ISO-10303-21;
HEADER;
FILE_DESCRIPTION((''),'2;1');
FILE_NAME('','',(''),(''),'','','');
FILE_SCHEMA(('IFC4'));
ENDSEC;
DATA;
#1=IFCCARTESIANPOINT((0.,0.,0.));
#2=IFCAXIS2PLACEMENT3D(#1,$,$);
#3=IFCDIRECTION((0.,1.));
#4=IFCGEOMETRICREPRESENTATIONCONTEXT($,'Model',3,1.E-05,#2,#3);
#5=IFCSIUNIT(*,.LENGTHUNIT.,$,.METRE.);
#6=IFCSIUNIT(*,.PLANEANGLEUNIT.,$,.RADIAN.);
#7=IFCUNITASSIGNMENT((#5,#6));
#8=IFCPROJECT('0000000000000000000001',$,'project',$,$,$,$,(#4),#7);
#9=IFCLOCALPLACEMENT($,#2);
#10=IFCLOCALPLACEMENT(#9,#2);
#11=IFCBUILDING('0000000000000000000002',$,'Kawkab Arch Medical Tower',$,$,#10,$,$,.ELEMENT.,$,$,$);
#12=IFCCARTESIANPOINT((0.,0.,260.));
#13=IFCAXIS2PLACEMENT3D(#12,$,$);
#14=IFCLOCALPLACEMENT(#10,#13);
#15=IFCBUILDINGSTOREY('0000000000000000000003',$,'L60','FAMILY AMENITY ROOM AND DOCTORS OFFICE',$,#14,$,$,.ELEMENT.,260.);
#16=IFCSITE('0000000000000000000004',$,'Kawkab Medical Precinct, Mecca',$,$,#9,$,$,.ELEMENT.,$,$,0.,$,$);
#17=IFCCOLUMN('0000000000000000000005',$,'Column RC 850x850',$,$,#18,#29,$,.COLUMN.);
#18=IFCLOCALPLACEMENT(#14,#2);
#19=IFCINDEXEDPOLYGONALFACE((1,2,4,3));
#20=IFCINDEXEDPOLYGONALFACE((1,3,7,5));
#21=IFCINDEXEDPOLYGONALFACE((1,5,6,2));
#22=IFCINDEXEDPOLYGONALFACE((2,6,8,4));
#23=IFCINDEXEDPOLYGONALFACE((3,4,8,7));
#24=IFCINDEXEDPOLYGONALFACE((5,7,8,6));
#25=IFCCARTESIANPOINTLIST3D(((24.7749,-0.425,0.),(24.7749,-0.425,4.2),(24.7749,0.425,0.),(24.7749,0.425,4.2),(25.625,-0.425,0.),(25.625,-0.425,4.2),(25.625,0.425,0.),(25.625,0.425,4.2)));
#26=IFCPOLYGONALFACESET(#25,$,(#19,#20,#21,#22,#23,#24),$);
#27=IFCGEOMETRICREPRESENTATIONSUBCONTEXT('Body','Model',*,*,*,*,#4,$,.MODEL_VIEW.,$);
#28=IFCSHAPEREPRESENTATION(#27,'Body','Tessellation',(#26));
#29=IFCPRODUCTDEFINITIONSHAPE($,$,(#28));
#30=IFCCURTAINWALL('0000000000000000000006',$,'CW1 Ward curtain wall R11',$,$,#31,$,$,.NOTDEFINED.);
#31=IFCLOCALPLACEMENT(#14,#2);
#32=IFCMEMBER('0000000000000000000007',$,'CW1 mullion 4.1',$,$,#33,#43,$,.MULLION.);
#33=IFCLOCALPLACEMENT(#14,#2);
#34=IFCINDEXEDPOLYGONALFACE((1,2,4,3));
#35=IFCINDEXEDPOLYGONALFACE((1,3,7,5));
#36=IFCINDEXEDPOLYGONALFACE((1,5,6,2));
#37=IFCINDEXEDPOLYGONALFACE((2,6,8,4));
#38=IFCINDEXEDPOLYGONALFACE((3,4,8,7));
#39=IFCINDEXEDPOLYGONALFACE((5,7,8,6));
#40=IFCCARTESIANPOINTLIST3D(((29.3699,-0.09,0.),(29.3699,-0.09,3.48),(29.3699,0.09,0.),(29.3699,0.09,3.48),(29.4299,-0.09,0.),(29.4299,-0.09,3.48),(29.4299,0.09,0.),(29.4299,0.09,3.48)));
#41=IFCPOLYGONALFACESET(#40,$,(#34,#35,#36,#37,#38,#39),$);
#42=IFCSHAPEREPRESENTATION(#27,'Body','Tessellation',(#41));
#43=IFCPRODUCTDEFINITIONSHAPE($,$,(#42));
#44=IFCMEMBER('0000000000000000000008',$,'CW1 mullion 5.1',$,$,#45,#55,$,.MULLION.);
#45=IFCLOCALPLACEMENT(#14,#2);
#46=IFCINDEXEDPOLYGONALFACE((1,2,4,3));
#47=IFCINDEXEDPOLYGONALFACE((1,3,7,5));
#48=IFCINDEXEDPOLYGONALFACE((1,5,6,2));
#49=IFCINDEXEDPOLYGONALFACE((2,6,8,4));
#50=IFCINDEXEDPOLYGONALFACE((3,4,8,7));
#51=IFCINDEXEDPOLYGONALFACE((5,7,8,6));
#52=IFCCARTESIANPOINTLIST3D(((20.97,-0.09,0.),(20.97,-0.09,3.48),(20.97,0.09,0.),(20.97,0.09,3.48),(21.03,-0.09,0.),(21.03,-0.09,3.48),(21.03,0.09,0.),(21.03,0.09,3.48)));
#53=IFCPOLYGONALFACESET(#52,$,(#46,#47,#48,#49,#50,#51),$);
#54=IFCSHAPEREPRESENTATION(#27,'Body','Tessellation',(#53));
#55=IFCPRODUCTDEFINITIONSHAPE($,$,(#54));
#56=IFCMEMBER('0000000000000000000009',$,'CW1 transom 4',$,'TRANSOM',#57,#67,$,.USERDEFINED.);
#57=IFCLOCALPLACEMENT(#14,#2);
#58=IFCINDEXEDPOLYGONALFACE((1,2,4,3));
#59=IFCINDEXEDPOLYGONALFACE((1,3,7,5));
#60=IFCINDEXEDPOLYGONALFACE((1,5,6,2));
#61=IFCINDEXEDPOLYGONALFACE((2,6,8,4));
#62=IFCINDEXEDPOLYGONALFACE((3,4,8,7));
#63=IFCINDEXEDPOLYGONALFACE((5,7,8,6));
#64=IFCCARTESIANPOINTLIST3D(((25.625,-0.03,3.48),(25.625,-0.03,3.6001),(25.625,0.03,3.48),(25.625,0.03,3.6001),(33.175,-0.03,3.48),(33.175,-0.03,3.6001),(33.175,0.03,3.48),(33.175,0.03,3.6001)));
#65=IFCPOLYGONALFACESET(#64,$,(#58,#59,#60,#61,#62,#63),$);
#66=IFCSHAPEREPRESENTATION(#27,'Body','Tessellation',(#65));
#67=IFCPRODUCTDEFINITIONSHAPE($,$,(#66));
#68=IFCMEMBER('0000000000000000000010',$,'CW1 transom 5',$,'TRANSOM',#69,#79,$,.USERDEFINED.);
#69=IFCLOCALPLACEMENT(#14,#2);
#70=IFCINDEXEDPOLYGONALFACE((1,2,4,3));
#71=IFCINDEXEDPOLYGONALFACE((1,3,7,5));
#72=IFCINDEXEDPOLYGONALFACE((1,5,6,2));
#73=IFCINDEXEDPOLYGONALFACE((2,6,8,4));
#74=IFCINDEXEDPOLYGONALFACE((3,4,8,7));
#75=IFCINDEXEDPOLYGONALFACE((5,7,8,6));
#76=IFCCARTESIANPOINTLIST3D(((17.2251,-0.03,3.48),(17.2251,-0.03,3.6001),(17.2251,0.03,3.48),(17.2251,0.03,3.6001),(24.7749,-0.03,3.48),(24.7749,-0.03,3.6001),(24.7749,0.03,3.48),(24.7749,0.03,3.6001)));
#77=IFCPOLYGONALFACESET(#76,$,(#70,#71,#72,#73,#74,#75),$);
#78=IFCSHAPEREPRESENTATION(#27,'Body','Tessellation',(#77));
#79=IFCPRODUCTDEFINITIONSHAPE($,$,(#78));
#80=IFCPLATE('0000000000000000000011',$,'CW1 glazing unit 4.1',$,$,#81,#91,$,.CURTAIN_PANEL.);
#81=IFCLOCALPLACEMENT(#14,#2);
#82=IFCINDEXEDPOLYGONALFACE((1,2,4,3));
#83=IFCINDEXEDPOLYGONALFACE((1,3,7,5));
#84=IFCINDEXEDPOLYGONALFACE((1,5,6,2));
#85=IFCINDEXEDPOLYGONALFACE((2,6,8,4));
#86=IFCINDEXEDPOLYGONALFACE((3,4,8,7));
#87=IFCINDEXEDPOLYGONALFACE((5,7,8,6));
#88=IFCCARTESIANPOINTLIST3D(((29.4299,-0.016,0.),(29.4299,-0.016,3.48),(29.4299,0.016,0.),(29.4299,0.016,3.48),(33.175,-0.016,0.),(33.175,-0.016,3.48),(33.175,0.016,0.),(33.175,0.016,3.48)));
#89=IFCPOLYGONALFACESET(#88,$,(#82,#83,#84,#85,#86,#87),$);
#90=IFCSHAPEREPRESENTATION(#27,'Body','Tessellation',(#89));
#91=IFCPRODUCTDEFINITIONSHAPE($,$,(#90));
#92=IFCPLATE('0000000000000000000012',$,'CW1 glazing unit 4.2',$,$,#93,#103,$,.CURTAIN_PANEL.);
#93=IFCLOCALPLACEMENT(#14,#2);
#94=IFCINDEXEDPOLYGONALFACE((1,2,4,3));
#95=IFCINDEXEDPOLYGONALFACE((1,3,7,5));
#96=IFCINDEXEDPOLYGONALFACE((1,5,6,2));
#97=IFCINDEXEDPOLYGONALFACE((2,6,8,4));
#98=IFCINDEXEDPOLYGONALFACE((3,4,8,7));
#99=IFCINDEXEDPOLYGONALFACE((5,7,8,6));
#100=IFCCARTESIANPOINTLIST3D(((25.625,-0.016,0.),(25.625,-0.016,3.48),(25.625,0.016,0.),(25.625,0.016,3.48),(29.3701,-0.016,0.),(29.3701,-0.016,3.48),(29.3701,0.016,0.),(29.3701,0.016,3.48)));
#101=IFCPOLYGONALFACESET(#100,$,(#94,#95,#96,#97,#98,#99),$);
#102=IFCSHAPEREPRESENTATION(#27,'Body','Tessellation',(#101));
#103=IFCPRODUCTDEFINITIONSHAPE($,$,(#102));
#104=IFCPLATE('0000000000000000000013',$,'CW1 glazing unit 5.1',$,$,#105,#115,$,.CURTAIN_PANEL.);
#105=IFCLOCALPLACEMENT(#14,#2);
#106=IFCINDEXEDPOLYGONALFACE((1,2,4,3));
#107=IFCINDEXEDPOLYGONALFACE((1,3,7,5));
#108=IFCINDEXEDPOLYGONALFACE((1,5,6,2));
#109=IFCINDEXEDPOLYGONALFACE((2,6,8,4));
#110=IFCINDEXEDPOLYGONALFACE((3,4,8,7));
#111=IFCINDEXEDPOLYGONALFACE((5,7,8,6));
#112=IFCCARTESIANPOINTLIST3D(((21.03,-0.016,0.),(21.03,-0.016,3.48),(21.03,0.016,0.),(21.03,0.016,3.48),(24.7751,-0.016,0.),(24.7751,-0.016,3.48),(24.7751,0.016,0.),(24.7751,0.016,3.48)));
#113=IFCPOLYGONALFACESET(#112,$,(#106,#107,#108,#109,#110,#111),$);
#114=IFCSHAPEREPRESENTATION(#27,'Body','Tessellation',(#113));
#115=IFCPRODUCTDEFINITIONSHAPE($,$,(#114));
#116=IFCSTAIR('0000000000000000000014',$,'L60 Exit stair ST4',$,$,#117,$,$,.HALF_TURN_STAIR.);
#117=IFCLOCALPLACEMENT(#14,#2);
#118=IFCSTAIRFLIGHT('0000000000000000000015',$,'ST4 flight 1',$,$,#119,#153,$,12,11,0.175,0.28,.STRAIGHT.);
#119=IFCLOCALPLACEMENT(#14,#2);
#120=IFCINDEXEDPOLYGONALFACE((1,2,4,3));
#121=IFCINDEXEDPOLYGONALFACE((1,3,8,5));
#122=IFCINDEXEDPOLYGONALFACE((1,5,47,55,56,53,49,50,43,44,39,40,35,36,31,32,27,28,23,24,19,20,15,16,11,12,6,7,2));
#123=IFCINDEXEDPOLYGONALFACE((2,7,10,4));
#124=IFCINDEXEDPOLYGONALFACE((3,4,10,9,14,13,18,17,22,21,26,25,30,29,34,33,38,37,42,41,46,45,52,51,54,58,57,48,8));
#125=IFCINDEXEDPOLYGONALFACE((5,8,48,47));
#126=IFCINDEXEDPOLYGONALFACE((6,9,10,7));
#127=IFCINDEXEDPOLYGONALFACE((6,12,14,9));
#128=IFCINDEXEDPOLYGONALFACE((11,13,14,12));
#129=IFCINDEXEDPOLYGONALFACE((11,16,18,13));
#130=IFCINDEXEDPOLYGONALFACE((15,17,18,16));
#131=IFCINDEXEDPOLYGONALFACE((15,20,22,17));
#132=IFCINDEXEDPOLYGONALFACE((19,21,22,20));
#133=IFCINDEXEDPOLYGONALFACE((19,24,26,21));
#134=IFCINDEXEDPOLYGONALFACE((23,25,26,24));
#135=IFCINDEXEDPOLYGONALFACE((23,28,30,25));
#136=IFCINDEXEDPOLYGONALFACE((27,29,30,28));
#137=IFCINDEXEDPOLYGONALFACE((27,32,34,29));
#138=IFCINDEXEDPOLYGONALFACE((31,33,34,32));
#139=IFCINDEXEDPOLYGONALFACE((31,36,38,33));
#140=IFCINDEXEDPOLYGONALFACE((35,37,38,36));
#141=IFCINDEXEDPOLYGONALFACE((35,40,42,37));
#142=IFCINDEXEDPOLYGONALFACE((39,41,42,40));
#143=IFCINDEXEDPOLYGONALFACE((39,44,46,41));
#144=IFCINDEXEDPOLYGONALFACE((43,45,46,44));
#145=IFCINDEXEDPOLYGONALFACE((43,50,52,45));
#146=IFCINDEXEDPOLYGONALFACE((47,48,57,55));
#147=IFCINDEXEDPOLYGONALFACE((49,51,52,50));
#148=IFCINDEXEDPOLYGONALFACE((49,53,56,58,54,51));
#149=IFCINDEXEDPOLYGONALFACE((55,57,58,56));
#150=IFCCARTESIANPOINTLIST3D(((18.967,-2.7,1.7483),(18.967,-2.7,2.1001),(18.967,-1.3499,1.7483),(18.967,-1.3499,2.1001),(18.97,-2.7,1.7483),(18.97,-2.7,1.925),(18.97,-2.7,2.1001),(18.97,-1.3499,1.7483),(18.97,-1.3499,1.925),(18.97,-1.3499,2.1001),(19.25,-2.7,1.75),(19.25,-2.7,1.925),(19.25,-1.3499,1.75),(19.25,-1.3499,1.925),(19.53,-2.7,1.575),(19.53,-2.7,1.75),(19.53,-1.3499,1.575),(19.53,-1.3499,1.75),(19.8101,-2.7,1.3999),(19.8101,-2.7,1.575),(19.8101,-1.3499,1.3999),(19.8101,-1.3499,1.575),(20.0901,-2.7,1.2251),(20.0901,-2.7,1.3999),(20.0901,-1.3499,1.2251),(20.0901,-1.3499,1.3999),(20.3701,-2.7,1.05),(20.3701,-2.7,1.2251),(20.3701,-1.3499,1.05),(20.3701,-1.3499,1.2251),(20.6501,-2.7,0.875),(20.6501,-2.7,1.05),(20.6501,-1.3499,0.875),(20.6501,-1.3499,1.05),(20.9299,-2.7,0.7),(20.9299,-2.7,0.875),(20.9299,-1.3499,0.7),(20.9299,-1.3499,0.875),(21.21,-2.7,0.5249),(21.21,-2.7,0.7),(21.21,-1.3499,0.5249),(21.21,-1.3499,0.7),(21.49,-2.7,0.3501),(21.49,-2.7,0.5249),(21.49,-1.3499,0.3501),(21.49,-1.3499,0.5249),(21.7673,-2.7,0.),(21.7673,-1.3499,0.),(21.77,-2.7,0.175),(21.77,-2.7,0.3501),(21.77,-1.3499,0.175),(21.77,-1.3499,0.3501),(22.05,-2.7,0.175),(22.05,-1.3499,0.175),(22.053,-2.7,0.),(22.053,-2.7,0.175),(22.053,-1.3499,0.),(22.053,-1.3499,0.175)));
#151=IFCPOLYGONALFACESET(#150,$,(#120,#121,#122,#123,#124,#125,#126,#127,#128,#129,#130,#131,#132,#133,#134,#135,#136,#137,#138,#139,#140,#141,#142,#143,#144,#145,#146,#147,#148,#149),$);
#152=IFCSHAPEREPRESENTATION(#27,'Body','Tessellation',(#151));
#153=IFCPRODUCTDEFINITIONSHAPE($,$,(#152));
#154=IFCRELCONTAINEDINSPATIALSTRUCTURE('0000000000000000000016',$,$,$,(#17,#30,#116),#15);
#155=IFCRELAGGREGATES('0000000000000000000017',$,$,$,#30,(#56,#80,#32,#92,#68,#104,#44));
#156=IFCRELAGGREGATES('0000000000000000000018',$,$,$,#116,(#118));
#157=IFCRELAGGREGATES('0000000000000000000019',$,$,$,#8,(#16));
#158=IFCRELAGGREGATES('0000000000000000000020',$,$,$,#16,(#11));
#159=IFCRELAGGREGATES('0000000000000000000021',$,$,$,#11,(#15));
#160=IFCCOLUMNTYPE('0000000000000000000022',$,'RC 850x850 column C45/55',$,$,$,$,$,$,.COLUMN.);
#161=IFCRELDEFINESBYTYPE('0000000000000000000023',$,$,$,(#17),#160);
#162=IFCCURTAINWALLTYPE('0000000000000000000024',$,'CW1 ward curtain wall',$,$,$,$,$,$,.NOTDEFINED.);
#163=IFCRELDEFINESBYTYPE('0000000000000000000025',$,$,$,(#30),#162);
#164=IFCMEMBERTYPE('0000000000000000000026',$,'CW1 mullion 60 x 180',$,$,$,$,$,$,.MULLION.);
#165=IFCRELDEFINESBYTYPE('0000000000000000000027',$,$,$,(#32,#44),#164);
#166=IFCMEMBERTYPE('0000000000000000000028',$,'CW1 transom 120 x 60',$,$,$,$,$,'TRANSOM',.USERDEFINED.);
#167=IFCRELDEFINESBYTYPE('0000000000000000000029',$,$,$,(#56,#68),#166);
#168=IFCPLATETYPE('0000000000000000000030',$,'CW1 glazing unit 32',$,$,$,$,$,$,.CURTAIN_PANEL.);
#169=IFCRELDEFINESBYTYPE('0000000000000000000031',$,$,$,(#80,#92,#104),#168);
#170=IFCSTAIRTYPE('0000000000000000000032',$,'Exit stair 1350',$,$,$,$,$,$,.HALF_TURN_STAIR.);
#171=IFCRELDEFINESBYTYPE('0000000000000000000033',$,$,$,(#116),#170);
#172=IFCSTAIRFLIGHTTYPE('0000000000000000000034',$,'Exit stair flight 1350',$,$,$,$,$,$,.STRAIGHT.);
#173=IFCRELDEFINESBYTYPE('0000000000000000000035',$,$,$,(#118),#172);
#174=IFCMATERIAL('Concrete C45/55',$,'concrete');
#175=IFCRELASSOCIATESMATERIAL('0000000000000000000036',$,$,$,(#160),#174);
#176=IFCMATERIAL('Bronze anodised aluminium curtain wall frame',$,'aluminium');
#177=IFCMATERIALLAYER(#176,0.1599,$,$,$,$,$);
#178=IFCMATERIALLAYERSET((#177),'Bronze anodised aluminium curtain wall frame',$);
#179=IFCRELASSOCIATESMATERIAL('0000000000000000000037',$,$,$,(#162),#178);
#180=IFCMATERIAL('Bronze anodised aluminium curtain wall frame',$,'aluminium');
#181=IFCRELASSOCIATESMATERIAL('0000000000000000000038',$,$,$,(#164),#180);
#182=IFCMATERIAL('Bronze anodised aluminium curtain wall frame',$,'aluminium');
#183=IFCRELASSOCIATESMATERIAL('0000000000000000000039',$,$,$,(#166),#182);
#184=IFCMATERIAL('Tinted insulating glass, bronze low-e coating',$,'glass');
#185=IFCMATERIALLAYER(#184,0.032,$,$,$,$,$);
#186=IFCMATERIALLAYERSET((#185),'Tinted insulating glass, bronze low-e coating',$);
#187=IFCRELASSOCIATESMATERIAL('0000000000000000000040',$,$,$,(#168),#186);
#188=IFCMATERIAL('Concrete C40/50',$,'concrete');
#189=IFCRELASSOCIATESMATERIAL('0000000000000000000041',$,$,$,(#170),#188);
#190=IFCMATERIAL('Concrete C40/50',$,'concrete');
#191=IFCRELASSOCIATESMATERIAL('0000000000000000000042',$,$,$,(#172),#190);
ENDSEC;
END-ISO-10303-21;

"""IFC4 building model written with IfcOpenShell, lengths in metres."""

from ifc_helpers import new_model, si_unit, direction, frame, origin, origin_2d, place, context, subcontext, project, spatial, polyline, rectangle, outline, extrude, material, layer, layer_set, material_profile, profile_set, type_object, element, aggregate, save


model = new_model("IFC4")

# Units and contexts
model_context = context("Model", 3, precision=1e-05, world=origin(), true_north=direction((0.0, 1.0)))
body_context = subcontext(model_context, "Body", "Model", "MODEL_VIEW")
ifc_project = project(units=[si_unit("LENGTHUNIT", "METRE"), si_unit("PLANEANGLEUNIT", "RADIAN")], contexts=[model_context])

# Site, building, storey
site_placement = place(None, origin())
site = spatial("IfcSite", under=ifc_project, at=site_placement, Name="Kawkab Medical Precinct, Mecca", CompositionType="ELEMENT", RefElevation=0.0)
building_placement = place(site_placement, origin())
building = spatial("IfcBuilding", under=site, at=building_placement, Name="Kawkab Arch Medical Tower", CompositionType="ELEMENT")
storey_placement = place(building_placement, frame((0.0, 0.0, 260.0)))
storey = spatial("IfcBuildingStorey", under=building, at=storey_placement, Name="L60", Description="FAMILY AMENITY ROOM AND DOCTORS OFFICE", CompositionType="ELEMENT", Elevation=260.0)

# Column
ifc_material_1 = material(Name="Concrete C45/55", Category="concrete")
ifc_material_profile_1 = material_profile(ifc_material_1, rectangle(XDim=0.8501, YDim=0.8501, at=origin_2d()), Name="RC 850x850")
ifc_profile_set_1 = profile_set([ifc_material_profile_1], Name="Concrete C45/55")
column_type = type_object("IfcColumnType", Name="RC 850x850 column C45/55", PredefinedType="COLUMN", material=ifc_profile_set_1)
column_placement = place(storey_placement, frame((25.2, 0.0, 0.0), z_axis=(0.0, 0.0, 1.0), x_axis=(1.0, 0.0, 0.0)))
element("IfcColumn", 1, at=column_placement, inside=storey, type_object=column_type, Name="Column RC 850x850", PredefinedType="COLUMN", context=body_context, shape_type="SweptSolid", body=[
    extrude(rectangle(XDim=0.8501, YDim=0.8501, at=origin_2d()), origin(), (0.0, 0.0, 1.0), 4.2),
])

# Curtain wall, members, plates
ifc_material_2 = material(Name="Bronze anodised aluminium curtain wall frame", Category="aluminium")
ifc_layer_1 = layer(ifc_material_2, 0.1599)
ifc_layer_set_1 = layer_set([ifc_layer_1], Name="Bronze anodised aluminium curtain wall frame")
curtain_wall_type = type_object("IfcCurtainWallType", Name="CW1 ward curtain wall", PredefinedType="NOTDEFINED", material=ifc_layer_set_1)
placement = place(storey_placement, origin())
curtain_wall = element("IfcCurtainWall", 2, at=placement, inside=storey, type_object=curtain_wall_type, Name="CW1 Ward curtain wall R11", PredefinedType="NOTDEFINED")
ifc_material_3 = material(Name="Bronze anodised aluminium curtain wall frame", Category="aluminium")
ifc_material_profile_2 = material_profile(ifc_material_3, rectangle(XDim=0.1799, YDim=0.0601, at=origin_2d()), Name="AL 60x180")
ifc_profile_set_2 = profile_set([ifc_material_profile_2], Name="Bronze anodised aluminium curtain wall frame")
member_type_1 = type_object("IfcMemberType", Name="CW1 mullion 60 x 180", PredefinedType="MULLION", material=ifc_profile_set_2)
member_1_placement = place(storey_placement, frame((29.3999, 0.0, 0.0), z_axis=(0.0, 0.0, 1.0), x_axis=(0.0, -1.0, 0.0)))
member_1 = element("IfcMember", 3, at=member_1_placement, type_object=member_type_1, Name="CW1 mullion 4.1", PredefinedType="MULLION", context=body_context, shape_type="SweptSolid", body=[
    extrude(rectangle(XDim=0.1799, YDim=0.0601, at=origin_2d()), origin(), (0.0, 0.0, 1.0), 3.48),
])
member_2_placement = place(storey_placement, frame((21.0, 0.0, 0.0), z_axis=(0.0, 0.0, 1.0), x_axis=(0.0, -1.0, 0.0)))
member_2 = element("IfcMember", 4, at=member_2_placement, type_object=member_type_1, Name="CW1 mullion 5.1", PredefinedType="MULLION", context=body_context, shape_type="SweptSolid", body=[
    extrude(rectangle(XDim=0.1799, YDim=0.0601, at=origin_2d()), origin(), (0.0, 0.0, 1.0), 3.48),
])
ifc_material_4 = material(Name="Bronze anodised aluminium curtain wall frame", Category="aluminium")
ifc_material_profile_3 = material_profile(ifc_material_4, rectangle(XDim=0.0601, YDim=0.1201, at=origin_2d()), Name="AL 60x120")
ifc_profile_set_3 = profile_set([ifc_material_profile_3], Name="Bronze anodised aluminium curtain wall frame")
member_type_2 = type_object("IfcMemberType", Name="CW1 transom 120 x 60", ElementType="TRANSOM", PredefinedType="USERDEFINED", material=ifc_profile_set_3)
member_3_placement = place(storey_placement, frame((33.175, 0.0, 3.54), z_axis=(-1.0, 0.0, 0.0), x_axis=(0.0, -1.0, 0.0)))
member_3 = element("IfcMember", 5, at=member_3_placement, type_object=member_type_2, Name="CW1 transom 4", ObjectType="TRANSOM", PredefinedType="USERDEFINED", context=body_context, shape_type="SweptSolid", body=[
    extrude(rectangle(XDim=0.0601, YDim=0.1201, at=origin_2d()), origin(), (0.0, 0.0, 1.0), 7.55),
])
member_4_placement = place(storey_placement, frame((24.7749, 0.0, 3.54), z_axis=(-1.0, 0.0, 0.0), x_axis=(0.0, -1.0, 0.0)))
member_4 = element("IfcMember", 6, at=member_4_placement, type_object=member_type_2, Name="CW1 transom 5", ObjectType="TRANSOM", PredefinedType="USERDEFINED", context=body_context, shape_type="SweptSolid", body=[
    extrude(rectangle(XDim=0.0601, YDim=0.1201, at=origin_2d()), origin(), (0.0, 0.0, 1.0), 7.5498),
])
ifc_material_5 = material(Name="Tinted insulating glass, bronze low-e coating", Category="glass")
ifc_layer_2 = layer(ifc_material_5, 0.032)
ifc_layer_set_2 = layer_set([ifc_layer_2], Name="Tinted insulating glass, bronze low-e coating")
plate_type = type_object("IfcPlateType", Name="CW1 glazing unit 32", PredefinedType="CURTAIN_PANEL", material=ifc_layer_set_2)
plate_1_placement = place(storey_placement, frame((31.3025, 0.0, 0.0), z_axis=(0.0, 0.0, 1.0), x_axis=(-1.0, 0.0, 0.0)))
plate_1 = element("IfcPlate", 7, at=plate_1_placement, type_object=plate_type, Name="CW1 glazing unit 4.1", PredefinedType="CURTAIN_PANEL", context=body_context, shape_type="SweptSolid", body=[
    extrude(rectangle(XDim=3.7451, YDim=0.032, at=origin_2d()), origin(), (0.0, 0.0, 1.0), 3.48),
])
plate_2_placement = place(storey_placement, frame((27.4976, 0.0, 0.0), z_axis=(0.0, 0.0, 1.0), x_axis=(-1.0, 0.0, 0.0)))
plate_2 = element("IfcPlate", 8, at=plate_2_placement, type_object=plate_type, Name="CW1 glazing unit 4.2", PredefinedType="CURTAIN_PANEL", context=body_context, shape_type="SweptSolid", body=[
    extrude(rectangle(XDim=3.7451, YDim=0.032, at=origin_2d()), origin(), (0.0, 0.0, 1.0), 3.48),
])
plate_3_placement = place(storey_placement, frame((22.9026, 0.0, 0.0), z_axis=(0.0, 0.0, 1.0), x_axis=(-1.0, 0.0, 0.0)))
plate_3 = element("IfcPlate", 9, at=plate_3_placement, type_object=plate_type, Name="CW1 glazing unit 5.1", PredefinedType="CURTAIN_PANEL", context=body_context, shape_type="SweptSolid", body=[
    extrude(rectangle(XDim=3.7451, YDim=0.032, at=origin_2d()), origin(), (0.0, 0.0, 1.0), 3.48),
])
aggregate(curtain_wall, [member_3, plate_1, member_1, plate_2, member_4, plate_3, member_2])

# Stair, stair flight
ifc_material_6 = material(Name="Concrete C40/50", Category="concrete")
stair_type = type_object("IfcStairType", Name="Exit stair 1350", PredefinedType="HALF_TURN_STAIR", material=ifc_material_6)
stair = element("IfcStair", 10, at=placement, inside=storey, type_object=stair_type, Name="L60 Exit stair ST4", PredefinedType="HALF_TURN_STAIR")
ifc_material_7 = material(Name="Concrete C40/50", Category="concrete")
stair_flight_type = type_object("IfcStairFlightType", Name="Exit stair flight 1350", PredefinedType="STRAIGHT", material=ifc_material_7)
stair_flight_placement = place(storey_placement, frame((22.05, -2.0249, 0.0), z_axis=(0.0, 0.0, 1.0), x_axis=(-1.0, 0.0, 0.0)))
stair_flight = element("IfcStairFlight", 11, at=stair_flight_placement, type_object=stair_flight_type, Name="ST4 flight 1", NumberOfRisers=12, NumberOfTreads=11, PredefinedType="STRAIGHT", RiserHeight=0.175, TreadLength=0.28, context=body_context, shape_type="SweptSolid", body=[
    extrude(outline(polyline([(-0.0029, 0.0), (-0.0029, 0.175), (0.0, 0.175), (0.28, 0.175), (0.28, 0.3501), (0.5601, 0.3501), (0.5601, 0.5249), (0.8401, 0.5249), (0.8401, 0.7), (1.1201, 0.7), (1.1201, 0.875), (1.3999, 0.875), (1.3999, 1.05), (1.6799, 1.05), (1.6799, 1.2251), (1.96, 1.2251), (1.96, 1.3999), (2.24, 1.3999), (2.24, 1.575), (2.52, 1.575), (2.52, 1.75), (2.8, 1.75), (2.8, 1.925), (3.0801, 1.925), (3.0801, 2.1001), (3.083, 2.1001), (3.083, 1.7483), (3.0801, 1.7483), (0.2827, 0.0), (-0.0029, 0.0)])), frame((0.0, 0.675, 0.0), z_axis=(0.0, -1.0, 0.0), x_axis=(1.0, 0.0, 0.0)), (0.0, 0.0, 1.0), 1.3501),
])
aggregate(stair, [stair_flight])

save(model, "model.ifc")
